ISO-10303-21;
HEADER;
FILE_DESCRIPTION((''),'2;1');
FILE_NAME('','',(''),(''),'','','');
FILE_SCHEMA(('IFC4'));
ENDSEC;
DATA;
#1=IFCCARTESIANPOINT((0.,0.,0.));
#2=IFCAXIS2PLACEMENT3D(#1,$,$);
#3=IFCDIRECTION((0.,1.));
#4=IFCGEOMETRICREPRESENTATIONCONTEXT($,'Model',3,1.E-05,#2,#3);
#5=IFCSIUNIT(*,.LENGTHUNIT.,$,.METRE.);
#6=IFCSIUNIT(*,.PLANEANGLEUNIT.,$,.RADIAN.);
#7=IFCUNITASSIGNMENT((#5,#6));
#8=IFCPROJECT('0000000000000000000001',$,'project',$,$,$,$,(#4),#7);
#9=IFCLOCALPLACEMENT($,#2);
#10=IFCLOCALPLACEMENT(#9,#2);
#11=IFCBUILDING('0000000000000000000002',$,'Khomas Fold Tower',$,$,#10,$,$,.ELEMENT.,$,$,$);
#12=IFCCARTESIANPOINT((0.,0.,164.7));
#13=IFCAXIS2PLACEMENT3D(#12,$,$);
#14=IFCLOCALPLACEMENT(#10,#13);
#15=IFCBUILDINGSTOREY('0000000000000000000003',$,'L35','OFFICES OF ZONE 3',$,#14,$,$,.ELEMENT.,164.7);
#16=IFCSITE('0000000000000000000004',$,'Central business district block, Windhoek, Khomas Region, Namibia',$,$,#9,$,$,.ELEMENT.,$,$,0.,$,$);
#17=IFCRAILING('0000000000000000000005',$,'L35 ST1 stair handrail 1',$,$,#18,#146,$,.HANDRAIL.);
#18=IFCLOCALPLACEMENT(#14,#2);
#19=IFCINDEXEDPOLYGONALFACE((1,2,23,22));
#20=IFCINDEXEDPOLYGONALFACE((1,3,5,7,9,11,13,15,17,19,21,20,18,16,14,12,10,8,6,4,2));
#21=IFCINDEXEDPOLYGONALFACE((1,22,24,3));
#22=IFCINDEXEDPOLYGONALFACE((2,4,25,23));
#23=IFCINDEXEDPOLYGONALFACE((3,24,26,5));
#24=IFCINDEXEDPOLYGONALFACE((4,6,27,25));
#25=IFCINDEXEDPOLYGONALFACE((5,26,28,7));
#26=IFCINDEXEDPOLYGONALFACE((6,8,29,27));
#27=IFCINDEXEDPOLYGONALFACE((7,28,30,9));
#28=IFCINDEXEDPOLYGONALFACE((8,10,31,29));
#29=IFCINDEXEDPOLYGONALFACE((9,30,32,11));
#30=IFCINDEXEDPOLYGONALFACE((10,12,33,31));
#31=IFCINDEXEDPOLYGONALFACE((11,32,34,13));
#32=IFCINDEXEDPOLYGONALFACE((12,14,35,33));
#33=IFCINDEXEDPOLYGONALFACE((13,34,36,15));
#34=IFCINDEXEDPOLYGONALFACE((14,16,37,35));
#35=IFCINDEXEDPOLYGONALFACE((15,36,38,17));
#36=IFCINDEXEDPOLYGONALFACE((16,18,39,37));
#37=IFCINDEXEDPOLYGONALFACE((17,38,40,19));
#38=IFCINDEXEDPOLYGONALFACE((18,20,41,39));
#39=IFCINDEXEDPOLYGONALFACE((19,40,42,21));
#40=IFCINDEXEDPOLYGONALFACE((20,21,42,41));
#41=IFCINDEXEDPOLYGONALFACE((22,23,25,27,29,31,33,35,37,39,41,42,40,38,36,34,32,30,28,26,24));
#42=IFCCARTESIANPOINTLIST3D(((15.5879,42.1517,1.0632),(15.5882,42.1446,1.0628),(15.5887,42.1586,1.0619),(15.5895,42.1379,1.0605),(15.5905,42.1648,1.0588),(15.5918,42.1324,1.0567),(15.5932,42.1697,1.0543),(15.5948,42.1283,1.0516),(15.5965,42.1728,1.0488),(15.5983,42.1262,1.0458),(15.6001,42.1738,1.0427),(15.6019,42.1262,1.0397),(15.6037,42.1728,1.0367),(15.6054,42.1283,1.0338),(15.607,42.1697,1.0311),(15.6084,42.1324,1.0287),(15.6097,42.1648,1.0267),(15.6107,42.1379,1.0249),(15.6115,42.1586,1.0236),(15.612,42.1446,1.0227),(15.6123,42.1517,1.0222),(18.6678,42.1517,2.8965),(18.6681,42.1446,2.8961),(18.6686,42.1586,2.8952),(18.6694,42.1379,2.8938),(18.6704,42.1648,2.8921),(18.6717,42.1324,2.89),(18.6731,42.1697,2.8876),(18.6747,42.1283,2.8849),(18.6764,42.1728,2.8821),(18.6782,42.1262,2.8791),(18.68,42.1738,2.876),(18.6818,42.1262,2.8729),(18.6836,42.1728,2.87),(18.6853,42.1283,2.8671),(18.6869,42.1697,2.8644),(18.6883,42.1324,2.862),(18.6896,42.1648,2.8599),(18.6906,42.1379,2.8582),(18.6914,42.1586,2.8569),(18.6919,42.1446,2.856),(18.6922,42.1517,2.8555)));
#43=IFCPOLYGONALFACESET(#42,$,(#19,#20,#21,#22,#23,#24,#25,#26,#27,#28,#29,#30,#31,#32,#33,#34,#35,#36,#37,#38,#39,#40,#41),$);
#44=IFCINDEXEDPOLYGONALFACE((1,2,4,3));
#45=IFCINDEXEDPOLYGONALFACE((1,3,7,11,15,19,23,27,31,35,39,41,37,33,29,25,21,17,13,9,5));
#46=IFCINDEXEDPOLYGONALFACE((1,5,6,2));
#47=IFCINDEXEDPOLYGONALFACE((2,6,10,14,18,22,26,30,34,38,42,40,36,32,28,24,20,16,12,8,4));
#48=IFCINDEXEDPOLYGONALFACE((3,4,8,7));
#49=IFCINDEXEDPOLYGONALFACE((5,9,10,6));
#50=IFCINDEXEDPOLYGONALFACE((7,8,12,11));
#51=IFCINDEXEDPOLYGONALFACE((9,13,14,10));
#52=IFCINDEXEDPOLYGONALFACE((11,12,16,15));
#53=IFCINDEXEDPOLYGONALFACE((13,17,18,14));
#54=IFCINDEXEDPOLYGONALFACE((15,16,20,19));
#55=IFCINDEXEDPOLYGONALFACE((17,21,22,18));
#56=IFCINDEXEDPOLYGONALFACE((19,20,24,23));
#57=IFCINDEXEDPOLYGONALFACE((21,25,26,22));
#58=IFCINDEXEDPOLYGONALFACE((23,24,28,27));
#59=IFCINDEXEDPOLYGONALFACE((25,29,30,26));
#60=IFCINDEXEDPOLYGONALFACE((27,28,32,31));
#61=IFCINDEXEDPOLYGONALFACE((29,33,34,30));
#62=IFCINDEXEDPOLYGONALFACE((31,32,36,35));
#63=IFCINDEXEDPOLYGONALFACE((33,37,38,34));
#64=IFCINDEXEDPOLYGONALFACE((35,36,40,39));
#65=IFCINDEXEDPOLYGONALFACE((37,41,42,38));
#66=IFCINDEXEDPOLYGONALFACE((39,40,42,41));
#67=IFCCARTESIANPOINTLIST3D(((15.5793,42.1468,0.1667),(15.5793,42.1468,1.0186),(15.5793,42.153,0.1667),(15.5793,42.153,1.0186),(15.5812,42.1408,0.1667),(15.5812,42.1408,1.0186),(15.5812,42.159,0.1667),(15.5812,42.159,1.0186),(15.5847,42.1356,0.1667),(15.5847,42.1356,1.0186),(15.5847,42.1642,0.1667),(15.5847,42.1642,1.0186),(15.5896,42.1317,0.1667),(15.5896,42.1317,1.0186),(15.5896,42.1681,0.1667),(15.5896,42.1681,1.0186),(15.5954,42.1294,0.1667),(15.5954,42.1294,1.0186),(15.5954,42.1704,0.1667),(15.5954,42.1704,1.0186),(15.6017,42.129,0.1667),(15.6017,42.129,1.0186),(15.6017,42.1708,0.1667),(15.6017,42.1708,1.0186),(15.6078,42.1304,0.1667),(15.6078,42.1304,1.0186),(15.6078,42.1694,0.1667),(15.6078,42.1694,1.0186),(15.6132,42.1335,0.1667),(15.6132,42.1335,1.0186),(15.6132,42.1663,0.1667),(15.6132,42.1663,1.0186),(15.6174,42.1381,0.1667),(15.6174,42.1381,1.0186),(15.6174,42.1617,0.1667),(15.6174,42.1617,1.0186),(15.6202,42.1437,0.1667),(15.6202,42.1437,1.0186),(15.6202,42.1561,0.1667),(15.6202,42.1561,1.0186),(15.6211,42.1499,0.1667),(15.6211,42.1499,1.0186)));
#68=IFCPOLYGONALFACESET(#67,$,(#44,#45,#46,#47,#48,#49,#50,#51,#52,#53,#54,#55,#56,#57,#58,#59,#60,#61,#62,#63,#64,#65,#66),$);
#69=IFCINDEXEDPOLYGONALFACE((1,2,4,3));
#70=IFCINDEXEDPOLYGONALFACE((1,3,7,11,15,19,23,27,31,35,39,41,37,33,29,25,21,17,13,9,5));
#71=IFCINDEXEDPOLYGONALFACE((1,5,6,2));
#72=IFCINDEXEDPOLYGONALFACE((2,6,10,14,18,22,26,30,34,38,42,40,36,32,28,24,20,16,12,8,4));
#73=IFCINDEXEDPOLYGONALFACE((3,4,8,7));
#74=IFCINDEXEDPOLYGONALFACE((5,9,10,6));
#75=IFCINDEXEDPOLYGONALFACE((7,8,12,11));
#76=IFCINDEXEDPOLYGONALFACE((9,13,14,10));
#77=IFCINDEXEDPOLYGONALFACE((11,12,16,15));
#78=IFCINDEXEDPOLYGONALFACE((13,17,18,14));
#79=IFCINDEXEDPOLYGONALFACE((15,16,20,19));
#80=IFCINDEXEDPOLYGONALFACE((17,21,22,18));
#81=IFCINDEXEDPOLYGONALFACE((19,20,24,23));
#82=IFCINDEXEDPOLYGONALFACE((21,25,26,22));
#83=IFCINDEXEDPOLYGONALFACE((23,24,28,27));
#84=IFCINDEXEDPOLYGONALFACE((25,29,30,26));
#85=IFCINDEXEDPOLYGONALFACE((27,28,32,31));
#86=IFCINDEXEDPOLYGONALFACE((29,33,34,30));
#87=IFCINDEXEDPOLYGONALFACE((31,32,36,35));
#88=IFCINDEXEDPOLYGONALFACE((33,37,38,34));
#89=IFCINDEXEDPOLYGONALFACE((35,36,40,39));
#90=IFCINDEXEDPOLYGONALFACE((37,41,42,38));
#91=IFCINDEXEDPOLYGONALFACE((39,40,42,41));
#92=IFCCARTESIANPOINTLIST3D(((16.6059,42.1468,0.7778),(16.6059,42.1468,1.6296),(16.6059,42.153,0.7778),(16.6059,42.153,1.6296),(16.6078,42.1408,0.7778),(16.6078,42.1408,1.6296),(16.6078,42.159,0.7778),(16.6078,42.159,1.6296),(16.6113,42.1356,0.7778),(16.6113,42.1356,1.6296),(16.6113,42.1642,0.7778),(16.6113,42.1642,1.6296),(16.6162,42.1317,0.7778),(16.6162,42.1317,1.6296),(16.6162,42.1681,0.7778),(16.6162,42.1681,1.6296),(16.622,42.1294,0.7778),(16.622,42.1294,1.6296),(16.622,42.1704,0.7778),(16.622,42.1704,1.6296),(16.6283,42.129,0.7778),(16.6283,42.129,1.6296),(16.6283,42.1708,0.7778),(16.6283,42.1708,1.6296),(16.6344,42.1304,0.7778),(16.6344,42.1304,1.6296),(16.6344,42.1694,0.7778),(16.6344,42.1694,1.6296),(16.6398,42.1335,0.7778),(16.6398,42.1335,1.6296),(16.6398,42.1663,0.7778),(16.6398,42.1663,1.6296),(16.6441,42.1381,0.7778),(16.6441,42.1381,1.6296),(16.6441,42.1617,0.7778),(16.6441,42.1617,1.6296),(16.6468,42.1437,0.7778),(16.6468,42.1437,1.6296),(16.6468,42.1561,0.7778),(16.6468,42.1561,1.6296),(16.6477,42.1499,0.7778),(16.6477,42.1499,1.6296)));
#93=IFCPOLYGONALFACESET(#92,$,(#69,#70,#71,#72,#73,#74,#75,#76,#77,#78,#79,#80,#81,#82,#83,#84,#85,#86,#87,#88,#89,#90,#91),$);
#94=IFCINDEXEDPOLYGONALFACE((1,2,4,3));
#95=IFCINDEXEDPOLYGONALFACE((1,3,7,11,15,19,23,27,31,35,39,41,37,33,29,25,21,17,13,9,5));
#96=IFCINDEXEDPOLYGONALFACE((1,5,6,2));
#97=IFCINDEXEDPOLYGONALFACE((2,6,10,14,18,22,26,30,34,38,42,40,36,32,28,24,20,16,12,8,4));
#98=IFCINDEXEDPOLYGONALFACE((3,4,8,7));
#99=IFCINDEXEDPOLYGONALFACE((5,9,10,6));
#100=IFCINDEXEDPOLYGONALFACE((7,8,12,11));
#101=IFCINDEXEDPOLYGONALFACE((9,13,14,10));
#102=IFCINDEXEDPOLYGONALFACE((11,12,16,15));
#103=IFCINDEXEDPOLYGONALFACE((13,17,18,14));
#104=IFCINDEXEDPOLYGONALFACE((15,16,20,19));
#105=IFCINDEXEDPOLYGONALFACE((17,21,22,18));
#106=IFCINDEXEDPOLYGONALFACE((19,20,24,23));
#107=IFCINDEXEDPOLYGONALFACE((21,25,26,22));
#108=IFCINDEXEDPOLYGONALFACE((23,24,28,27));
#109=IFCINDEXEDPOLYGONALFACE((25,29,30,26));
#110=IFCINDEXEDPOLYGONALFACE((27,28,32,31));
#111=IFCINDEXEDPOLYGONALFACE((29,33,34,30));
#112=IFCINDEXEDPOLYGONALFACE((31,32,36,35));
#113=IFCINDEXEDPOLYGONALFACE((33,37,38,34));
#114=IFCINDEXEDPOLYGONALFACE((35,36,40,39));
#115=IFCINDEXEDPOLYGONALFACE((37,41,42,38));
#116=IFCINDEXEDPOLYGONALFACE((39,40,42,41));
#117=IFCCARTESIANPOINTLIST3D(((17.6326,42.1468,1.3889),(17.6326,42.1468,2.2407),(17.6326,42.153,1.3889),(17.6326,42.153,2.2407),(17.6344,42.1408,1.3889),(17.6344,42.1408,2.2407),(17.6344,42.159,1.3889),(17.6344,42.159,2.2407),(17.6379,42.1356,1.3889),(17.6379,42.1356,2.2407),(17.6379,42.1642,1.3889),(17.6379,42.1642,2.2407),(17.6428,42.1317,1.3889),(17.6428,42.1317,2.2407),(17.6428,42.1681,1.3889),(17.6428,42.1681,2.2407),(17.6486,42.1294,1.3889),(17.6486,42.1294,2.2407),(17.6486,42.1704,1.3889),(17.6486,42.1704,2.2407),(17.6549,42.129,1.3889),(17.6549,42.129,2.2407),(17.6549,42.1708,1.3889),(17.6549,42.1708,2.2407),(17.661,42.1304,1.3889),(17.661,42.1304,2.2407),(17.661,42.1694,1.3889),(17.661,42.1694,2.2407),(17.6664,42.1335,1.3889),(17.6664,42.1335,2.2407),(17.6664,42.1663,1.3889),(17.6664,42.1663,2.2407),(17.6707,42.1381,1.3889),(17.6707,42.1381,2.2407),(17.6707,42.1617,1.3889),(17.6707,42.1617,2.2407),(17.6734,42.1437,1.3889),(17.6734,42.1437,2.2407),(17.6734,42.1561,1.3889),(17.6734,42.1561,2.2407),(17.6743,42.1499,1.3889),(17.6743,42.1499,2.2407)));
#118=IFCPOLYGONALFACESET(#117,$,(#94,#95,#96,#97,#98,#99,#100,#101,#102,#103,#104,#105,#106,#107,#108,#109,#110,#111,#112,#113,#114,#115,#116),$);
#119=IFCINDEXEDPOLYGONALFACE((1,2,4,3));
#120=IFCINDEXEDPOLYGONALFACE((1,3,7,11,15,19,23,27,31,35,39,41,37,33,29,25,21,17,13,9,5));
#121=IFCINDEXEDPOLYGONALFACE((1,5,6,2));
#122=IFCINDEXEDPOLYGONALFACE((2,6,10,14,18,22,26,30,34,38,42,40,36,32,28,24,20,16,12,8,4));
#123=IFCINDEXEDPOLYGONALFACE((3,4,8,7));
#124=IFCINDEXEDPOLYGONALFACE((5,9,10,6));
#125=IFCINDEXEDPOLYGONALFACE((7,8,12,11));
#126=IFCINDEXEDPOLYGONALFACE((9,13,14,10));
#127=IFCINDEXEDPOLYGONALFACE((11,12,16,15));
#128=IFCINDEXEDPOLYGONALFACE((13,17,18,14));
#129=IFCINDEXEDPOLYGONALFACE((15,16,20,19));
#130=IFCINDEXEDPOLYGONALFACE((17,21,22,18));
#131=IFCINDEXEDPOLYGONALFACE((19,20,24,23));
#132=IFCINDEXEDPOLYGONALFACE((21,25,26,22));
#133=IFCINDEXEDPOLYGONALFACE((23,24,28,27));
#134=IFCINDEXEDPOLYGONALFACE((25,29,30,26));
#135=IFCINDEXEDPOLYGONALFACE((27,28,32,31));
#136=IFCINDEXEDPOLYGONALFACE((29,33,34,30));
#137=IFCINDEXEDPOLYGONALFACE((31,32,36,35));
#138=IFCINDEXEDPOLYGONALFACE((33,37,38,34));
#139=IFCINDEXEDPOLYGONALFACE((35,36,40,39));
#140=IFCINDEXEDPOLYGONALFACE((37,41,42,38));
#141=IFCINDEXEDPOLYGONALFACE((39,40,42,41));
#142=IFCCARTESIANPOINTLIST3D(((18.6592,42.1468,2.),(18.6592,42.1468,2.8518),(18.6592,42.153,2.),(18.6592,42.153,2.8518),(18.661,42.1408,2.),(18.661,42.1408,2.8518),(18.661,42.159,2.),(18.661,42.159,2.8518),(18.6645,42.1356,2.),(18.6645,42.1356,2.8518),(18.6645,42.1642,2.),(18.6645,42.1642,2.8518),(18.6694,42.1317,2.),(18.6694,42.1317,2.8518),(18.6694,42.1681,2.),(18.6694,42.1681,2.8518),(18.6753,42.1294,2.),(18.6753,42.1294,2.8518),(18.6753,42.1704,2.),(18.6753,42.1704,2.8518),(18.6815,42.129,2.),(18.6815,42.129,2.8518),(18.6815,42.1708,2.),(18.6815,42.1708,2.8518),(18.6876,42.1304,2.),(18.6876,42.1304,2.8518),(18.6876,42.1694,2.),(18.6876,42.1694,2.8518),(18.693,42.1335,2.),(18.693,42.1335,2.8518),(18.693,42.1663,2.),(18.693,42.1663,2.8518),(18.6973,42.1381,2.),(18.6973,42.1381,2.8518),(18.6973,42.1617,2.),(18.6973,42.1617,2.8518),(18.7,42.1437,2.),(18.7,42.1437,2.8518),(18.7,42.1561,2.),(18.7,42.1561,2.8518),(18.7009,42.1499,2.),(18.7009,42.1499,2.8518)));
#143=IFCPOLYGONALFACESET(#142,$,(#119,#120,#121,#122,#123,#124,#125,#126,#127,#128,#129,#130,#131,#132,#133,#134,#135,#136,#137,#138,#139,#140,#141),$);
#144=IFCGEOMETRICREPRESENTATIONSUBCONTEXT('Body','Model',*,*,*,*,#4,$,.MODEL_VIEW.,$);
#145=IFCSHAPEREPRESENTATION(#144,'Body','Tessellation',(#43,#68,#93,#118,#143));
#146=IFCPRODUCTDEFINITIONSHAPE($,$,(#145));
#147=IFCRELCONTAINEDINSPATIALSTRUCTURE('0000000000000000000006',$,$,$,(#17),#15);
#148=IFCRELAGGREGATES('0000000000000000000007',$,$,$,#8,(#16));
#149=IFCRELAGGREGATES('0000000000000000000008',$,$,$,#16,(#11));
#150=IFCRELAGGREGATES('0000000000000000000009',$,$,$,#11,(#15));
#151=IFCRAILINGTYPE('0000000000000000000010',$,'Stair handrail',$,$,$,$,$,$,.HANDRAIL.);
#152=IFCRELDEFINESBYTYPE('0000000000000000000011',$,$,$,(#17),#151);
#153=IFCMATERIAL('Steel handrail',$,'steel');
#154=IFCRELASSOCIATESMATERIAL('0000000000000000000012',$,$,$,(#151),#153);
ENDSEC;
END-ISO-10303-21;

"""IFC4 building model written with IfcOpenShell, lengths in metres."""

from ifc_helpers import new_model, si_unit, direction, frame, origin, origin_2d, place, context, subcontext, project, spatial, circle, extrude, source, transform, mapped, material, type_object, element, save


model = new_model("IFC4")

# Units and contexts
model_context = context("Model", 3, precision=1e-05, world=origin(), true_north=direction((0.0, 1.0)))
body_context = subcontext(model_context, "Body", "Model", "MODEL_VIEW")
ifc_project = project(units=[si_unit("LENGTHUNIT", "METRE"), si_unit("PLANEANGLEUNIT", "RADIAN")], contexts=[model_context])

# Site, building, storey
site_placement = place(None, origin())
site = spatial("IfcSite", under=ifc_project, at=site_placement, Name="Central business district block, Windhoek, Khomas Region, Namibia", CompositionType="ELEMENT", RefElevation=0.0)
building_placement = place(site_placement, origin())
building = spatial("IfcBuilding", under=site, at=building_placement, Name="Khomas Fold Tower", CompositionType="ELEMENT")
storey_placement = place(building_placement, frame((0.0, 0.0, 164.7)))
storey = spatial("IfcBuildingStorey", under=building, at=storey_placement, Name="L35", Description="OFFICES OF ZONE 3", CompositionType="ELEMENT", Elevation=164.7)

# Railing
ifc_material_1 = material(Name="Steel handrail", Category="steel")
railing_type = type_object("IfcRailingType", Name="Stair handrail", PredefinedType="HANDRAIL", material=ifc_material_1)
shared_shape_1 = source(origin(), body_context, "Body", "SweptSolid", [
    extrude(circle(Radius=0.0239, at=origin_2d()), frame((0.0, 0.0, 0.876), z_axis=(0.859291, 0.0, 0.511487), x_axis=(0.0, 1.0, 0.0)), (0.0, 0.0, 1.0), 3.5842),
    extrude(circle(Radius=0.021, at=origin_2d()), origin(), (0.0, 0.0, 1.0), 0.8518),
    extrude(circle(Radius=0.021, at=origin_2d()), frame((1.0266, 0.0, 0.6111)), (0.0, 0.0, 1.0), 0.8518),
    extrude(circle(Radius=0.021, at=origin_2d()), frame((2.0532, 0.0, 1.2222)), (0.0, 0.0, 1.0), 0.8518),
    extrude(circle(Radius=0.021, at=origin_2d()), frame((3.0798, 0.0, 1.8333)), (0.0, 0.0, 1.0), 0.8518),
])
railing_placement = place(storey_placement, frame((15.6001, 42.1499, 0.1667)))
element("IfcRailing", 1, at=railing_placement, inside=storey, type_object=railing_type, Name="L35 ST1 stair handrail 1", PredefinedType="HANDRAIL", context=body_context, shape_type="MappedRepresentation", body=[
    mapped(shared_shape_1, transform((0.0, 0.0, 0.0))),
])

save(model, "model.ifc")
